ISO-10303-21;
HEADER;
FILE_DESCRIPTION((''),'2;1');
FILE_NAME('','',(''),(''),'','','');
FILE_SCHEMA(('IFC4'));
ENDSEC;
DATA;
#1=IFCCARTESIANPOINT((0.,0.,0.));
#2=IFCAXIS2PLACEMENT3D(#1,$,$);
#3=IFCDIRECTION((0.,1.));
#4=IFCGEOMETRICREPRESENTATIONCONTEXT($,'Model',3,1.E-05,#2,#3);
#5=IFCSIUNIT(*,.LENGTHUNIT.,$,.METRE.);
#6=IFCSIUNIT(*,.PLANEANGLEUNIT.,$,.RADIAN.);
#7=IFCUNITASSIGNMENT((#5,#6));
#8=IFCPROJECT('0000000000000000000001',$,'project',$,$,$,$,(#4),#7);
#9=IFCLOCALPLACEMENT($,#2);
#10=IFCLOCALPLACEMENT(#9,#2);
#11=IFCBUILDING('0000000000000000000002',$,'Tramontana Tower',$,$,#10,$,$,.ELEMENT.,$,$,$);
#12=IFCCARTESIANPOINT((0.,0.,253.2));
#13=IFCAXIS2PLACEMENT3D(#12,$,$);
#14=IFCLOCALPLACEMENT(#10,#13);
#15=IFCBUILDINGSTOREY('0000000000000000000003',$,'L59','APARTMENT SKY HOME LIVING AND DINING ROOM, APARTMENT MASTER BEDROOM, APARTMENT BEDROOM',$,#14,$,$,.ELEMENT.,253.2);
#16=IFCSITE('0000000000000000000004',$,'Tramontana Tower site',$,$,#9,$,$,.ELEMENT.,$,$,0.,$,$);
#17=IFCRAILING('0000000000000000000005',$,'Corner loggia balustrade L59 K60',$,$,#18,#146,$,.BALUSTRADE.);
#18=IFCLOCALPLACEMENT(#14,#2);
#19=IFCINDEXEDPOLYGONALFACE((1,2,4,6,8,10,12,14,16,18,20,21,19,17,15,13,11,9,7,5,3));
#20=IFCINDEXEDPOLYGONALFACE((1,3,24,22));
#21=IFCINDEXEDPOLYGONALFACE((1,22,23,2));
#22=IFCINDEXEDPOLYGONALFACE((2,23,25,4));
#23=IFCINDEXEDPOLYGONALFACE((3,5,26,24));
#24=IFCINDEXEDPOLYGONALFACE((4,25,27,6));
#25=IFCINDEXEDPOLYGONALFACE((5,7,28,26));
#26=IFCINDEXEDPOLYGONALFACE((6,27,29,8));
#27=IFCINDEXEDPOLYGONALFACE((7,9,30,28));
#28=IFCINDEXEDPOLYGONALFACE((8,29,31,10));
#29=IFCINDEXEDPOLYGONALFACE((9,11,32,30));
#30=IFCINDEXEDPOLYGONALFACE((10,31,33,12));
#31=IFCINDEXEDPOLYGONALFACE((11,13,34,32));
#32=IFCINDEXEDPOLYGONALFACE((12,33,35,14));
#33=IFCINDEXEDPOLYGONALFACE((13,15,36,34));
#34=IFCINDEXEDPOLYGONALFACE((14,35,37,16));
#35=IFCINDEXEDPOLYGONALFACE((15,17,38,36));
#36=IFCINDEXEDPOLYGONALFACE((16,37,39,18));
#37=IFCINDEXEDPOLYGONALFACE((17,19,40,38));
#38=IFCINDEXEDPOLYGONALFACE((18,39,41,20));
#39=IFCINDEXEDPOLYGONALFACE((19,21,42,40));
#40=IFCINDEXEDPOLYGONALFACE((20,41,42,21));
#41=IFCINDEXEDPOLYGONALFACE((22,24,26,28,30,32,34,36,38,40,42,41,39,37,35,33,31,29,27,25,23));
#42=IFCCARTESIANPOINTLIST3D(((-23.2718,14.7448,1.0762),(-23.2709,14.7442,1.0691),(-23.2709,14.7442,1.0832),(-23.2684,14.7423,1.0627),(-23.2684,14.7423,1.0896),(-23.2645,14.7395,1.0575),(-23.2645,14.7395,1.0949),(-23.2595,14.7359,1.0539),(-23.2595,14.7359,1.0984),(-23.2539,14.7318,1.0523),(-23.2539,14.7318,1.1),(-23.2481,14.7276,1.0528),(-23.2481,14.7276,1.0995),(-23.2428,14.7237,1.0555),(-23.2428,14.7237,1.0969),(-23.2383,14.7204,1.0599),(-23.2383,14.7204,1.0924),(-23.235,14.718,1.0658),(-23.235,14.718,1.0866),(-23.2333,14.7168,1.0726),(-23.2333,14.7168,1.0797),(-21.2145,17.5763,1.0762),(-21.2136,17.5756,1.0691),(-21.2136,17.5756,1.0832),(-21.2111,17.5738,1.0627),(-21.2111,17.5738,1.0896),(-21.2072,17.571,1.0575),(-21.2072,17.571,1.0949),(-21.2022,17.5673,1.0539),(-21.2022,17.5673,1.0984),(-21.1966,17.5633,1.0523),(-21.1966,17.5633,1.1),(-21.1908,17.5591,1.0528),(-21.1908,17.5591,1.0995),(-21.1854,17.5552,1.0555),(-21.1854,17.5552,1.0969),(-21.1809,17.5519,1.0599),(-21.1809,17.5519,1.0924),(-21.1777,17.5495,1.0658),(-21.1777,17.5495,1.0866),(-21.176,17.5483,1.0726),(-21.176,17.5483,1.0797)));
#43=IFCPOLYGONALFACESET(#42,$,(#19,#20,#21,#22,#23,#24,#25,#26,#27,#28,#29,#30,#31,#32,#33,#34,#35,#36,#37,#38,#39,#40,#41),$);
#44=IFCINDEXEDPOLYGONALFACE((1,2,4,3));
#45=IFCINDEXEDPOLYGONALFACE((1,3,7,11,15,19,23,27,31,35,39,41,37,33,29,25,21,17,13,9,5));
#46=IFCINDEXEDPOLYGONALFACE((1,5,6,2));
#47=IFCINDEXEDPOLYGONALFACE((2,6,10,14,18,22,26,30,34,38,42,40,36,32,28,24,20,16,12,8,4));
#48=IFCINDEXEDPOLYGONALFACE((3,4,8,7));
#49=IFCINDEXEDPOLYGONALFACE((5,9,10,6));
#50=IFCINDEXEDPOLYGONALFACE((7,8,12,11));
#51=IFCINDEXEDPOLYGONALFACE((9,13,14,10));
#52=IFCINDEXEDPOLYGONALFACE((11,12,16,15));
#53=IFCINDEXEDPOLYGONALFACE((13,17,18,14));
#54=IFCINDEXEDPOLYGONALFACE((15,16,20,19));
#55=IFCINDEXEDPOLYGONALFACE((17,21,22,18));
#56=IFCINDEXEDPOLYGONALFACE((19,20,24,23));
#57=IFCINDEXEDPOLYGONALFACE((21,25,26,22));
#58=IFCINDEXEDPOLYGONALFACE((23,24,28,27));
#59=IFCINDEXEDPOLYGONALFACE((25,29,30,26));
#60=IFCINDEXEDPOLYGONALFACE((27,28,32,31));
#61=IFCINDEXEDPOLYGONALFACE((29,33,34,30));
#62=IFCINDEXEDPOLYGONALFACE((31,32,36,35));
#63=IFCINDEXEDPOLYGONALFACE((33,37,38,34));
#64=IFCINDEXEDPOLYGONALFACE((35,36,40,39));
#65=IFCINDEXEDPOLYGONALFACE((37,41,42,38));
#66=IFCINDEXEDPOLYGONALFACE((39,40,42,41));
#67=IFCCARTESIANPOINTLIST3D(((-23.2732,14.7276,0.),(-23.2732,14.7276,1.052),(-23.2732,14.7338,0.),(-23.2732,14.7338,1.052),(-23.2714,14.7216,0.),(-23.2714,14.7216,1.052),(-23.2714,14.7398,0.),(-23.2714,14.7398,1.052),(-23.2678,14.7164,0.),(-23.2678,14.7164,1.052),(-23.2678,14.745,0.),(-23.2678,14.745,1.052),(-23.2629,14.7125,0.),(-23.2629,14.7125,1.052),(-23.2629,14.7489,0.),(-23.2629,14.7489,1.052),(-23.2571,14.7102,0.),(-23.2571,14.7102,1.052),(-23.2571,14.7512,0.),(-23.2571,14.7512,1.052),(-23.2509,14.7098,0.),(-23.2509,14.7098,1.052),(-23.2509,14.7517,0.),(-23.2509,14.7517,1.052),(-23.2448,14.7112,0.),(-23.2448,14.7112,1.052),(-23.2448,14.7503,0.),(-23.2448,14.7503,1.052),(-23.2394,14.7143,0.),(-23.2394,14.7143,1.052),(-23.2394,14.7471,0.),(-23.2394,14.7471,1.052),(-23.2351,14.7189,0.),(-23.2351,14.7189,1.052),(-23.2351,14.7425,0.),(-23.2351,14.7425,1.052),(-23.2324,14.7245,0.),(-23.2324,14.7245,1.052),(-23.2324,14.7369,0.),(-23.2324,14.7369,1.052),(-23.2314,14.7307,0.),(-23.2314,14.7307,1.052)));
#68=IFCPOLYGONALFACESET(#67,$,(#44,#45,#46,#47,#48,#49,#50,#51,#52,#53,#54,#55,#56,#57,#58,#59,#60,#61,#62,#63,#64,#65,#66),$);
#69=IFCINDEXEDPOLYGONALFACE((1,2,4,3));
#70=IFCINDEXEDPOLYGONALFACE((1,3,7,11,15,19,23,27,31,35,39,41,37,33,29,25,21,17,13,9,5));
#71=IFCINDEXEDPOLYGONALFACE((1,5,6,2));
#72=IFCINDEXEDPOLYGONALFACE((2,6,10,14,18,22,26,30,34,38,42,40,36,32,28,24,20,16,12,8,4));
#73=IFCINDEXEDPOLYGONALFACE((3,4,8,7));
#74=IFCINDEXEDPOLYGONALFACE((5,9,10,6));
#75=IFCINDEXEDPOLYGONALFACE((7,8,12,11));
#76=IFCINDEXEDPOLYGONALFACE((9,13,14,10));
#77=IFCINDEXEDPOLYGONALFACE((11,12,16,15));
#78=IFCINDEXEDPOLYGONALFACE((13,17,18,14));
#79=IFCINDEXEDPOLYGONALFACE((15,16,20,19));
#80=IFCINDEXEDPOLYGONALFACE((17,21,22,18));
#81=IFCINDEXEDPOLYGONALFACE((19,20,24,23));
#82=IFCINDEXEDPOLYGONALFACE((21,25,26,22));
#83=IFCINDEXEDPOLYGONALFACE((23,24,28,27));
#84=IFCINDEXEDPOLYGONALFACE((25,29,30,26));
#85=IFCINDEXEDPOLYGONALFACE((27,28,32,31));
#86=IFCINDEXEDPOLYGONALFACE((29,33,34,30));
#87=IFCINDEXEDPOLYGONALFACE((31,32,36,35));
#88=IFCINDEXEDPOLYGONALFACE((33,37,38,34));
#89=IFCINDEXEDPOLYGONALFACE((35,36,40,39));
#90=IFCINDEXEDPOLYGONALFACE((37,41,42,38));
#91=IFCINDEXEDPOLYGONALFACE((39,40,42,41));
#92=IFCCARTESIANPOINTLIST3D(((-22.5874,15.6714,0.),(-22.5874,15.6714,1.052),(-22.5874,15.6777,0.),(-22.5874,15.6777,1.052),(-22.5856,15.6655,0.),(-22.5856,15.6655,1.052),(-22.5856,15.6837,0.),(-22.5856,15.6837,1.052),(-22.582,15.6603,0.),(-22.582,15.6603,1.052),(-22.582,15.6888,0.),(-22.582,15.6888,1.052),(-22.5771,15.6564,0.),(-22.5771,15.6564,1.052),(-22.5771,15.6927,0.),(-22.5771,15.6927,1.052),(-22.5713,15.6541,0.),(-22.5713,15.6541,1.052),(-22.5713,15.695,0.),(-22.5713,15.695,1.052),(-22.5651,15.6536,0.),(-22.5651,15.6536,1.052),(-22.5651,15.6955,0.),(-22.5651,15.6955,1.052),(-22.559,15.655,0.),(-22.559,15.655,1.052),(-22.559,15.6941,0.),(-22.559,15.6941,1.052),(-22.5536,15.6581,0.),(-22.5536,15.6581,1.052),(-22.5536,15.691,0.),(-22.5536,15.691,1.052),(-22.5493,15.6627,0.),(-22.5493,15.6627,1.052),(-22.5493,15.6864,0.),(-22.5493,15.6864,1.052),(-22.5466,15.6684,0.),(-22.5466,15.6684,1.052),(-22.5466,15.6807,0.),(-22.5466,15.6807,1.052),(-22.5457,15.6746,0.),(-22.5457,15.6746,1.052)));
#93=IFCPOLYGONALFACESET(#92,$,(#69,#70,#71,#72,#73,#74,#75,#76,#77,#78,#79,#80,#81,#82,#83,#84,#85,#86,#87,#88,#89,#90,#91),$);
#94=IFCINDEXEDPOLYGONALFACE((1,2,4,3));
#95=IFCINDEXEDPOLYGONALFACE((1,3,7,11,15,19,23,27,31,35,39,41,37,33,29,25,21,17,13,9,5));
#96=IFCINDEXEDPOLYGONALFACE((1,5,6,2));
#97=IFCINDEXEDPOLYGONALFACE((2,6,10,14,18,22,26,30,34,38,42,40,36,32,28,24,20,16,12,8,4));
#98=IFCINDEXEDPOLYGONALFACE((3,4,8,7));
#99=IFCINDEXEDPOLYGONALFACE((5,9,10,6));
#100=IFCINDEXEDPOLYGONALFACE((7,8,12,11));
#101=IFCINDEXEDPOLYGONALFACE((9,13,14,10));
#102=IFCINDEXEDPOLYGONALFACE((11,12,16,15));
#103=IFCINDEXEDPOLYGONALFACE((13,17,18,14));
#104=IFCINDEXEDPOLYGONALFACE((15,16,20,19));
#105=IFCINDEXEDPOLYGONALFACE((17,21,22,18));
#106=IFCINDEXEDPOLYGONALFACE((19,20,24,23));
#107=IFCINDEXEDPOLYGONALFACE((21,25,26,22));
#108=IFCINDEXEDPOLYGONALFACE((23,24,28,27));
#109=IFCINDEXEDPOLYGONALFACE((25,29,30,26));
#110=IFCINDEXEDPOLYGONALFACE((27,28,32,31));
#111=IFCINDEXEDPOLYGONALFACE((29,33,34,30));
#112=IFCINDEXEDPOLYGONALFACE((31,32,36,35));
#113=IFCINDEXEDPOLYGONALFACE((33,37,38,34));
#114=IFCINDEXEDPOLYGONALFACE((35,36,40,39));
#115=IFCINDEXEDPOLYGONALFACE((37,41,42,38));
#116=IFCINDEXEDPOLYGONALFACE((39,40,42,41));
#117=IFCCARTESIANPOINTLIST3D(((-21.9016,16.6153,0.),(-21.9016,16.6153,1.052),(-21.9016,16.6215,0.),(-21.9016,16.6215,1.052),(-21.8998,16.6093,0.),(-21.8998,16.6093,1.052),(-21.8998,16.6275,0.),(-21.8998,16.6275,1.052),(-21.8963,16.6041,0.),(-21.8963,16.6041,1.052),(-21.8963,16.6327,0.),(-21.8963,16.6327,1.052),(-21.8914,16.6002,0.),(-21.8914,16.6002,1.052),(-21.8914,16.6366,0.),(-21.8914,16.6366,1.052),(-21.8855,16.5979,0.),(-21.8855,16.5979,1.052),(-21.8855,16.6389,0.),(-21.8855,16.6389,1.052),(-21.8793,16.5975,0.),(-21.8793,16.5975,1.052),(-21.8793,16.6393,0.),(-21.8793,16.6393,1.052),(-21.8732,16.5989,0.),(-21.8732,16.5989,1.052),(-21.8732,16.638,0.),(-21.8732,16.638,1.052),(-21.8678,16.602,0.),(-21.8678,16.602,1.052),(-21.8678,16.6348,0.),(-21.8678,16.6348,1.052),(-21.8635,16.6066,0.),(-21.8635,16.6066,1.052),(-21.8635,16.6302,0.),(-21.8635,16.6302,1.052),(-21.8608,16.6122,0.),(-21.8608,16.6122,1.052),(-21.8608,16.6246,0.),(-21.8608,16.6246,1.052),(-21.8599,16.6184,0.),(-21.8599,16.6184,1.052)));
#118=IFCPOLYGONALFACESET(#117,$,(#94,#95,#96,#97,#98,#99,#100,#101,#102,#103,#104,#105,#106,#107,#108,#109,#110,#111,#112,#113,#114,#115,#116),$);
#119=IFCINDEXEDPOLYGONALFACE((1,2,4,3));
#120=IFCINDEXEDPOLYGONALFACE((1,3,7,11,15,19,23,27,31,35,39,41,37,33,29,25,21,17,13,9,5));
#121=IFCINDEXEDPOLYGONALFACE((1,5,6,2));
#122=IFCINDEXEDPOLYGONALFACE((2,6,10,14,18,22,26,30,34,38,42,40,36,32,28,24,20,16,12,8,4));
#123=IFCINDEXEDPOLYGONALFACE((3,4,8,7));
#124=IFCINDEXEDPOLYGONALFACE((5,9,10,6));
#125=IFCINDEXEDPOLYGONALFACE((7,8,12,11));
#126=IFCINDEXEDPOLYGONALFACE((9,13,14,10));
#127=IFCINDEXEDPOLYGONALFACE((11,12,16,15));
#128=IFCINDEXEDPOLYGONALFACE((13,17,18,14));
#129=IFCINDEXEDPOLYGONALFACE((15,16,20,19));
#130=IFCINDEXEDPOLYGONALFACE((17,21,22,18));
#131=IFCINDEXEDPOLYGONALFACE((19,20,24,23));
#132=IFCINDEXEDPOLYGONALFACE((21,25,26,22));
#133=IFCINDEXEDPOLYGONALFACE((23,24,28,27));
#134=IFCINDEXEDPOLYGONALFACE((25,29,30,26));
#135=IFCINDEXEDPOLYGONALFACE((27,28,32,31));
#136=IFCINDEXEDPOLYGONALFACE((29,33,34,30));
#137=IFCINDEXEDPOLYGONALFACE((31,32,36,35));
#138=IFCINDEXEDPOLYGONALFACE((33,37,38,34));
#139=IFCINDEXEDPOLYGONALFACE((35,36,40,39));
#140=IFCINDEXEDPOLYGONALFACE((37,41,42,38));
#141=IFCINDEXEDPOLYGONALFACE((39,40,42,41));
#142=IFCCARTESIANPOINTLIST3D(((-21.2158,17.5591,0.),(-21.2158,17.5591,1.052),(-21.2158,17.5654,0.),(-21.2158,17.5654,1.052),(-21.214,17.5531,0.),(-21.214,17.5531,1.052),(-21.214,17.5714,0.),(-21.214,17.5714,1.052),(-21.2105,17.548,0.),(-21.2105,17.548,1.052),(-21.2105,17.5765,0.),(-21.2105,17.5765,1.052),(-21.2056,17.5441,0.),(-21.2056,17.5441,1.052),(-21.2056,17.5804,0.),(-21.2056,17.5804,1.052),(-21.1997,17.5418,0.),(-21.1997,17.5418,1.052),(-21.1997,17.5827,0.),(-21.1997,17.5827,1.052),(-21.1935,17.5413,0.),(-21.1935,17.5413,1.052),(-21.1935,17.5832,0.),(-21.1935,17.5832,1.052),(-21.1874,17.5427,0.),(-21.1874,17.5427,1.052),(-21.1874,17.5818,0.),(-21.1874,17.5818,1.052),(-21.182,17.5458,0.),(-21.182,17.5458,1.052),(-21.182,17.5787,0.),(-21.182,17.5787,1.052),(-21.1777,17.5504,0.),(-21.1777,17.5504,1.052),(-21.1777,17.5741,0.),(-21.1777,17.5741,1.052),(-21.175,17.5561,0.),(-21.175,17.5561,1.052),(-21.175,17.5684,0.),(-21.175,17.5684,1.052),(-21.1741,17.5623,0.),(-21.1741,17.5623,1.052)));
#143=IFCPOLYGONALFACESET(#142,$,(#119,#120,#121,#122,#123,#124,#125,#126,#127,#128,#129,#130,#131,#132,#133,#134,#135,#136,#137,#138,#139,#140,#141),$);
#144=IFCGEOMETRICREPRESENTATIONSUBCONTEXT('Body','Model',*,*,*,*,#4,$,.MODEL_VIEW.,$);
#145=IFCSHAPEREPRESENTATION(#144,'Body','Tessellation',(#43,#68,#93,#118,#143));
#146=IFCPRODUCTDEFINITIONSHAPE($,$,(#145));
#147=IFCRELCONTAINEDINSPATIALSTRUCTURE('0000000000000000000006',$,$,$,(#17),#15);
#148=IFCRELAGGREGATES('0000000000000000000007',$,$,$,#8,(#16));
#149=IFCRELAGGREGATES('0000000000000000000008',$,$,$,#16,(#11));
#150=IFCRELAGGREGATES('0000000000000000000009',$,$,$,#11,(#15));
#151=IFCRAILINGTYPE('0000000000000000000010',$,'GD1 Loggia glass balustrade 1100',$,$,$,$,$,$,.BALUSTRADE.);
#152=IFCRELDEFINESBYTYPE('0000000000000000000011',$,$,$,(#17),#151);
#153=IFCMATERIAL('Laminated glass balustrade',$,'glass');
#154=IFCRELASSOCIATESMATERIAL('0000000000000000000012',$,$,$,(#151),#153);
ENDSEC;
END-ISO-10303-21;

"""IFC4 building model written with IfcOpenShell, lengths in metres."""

from ifc_helpers import new_model, si_unit, direction, frame, origin, origin_2d, place, context, subcontext, project, spatial, circle, extrude, material, type_object, element, save


model = new_model("IFC4")

# Units and contexts
model_context = context("Model", 3, precision=1e-05, world=origin(), true_north=direction((0.0, 1.0)))
body_context = subcontext(model_context, "Body", "Model", "MODEL_VIEW")
ifc_project = project(units=[si_unit("LENGTHUNIT", "METRE"), si_unit("PLANEANGLEUNIT", "RADIAN")], contexts=[model_context])

# Site, building, storey
site_placement = place(None, origin())
site = spatial("IfcSite", under=ifc_project, at=site_placement, Name="Tramontana Tower site", CompositionType="ELEMENT", RefElevation=0.0)
building_placement = place(site_placement, origin())
building = spatial("IfcBuilding", under=site, at=building_placement, Name="Tramontana Tower", CompositionType="ELEMENT")
storey_placement = place(building_placement, frame((0.0, 0.0, 253.2)))
storey = spatial("IfcBuildingStorey", under=building, at=storey_placement, Name="L59", Description="APARTMENT SKY HOME LIVING AND DINING ROOM, APARTMENT MASTER BEDROOM, APARTMENT BEDROOM", CompositionType="ELEMENT", Elevation=253.2)

# Railing
ifc_material_1 = material(Name="Laminated glass balustrade", Category="glass")
railing_type = type_object("IfcRailingType", Name="GD1 Loggia glass balustrade 1100", PredefinedType="BALUSTRADE", material=ifc_material_1)
railing_1_placement = place(storey_placement, frame((-23.2524, 14.7307, 0.0)))
element("IfcRailing", 1, at=railing_1_placement, inside=storey, type_object=railing_type, Name="Corner loggia balustrade L59 K60", PredefinedType="BALUSTRADE", context=body_context, shape_type="SweptSolid", body=[
    extrude(circle(Radius=0.0239, at=origin_2d()), frame((0.0, 0.0, 1.0762), z_axis=(0.587811, 0.808998, 0.0), x_axis=(-0.808998, 0.587811, 0.0)), (0.0, 0.0, 1.0), 3.5),
    extrude(circle(Radius=0.021, at=origin_2d()), origin(), (0.0, 0.0, 1.0), 1.052),
    extrude(circle(Radius=0.021, at=origin_2d()), frame((0.6858, 0.9438, 0.0)), (0.0, 0.0, 1.0), 1.052),
    extrude(circle(Radius=0.021, at=origin_2d()), frame((1.3716, 1.8877, 0.0)), (0.0, 0.0, 1.0), 1.052),
    extrude(circle(Radius=0.021, at=origin_2d()), frame((2.0574, 2.8315, 0.0)), (0.0, 0.0, 1.0), 1.052),
])

save(model, "model.ifc")
